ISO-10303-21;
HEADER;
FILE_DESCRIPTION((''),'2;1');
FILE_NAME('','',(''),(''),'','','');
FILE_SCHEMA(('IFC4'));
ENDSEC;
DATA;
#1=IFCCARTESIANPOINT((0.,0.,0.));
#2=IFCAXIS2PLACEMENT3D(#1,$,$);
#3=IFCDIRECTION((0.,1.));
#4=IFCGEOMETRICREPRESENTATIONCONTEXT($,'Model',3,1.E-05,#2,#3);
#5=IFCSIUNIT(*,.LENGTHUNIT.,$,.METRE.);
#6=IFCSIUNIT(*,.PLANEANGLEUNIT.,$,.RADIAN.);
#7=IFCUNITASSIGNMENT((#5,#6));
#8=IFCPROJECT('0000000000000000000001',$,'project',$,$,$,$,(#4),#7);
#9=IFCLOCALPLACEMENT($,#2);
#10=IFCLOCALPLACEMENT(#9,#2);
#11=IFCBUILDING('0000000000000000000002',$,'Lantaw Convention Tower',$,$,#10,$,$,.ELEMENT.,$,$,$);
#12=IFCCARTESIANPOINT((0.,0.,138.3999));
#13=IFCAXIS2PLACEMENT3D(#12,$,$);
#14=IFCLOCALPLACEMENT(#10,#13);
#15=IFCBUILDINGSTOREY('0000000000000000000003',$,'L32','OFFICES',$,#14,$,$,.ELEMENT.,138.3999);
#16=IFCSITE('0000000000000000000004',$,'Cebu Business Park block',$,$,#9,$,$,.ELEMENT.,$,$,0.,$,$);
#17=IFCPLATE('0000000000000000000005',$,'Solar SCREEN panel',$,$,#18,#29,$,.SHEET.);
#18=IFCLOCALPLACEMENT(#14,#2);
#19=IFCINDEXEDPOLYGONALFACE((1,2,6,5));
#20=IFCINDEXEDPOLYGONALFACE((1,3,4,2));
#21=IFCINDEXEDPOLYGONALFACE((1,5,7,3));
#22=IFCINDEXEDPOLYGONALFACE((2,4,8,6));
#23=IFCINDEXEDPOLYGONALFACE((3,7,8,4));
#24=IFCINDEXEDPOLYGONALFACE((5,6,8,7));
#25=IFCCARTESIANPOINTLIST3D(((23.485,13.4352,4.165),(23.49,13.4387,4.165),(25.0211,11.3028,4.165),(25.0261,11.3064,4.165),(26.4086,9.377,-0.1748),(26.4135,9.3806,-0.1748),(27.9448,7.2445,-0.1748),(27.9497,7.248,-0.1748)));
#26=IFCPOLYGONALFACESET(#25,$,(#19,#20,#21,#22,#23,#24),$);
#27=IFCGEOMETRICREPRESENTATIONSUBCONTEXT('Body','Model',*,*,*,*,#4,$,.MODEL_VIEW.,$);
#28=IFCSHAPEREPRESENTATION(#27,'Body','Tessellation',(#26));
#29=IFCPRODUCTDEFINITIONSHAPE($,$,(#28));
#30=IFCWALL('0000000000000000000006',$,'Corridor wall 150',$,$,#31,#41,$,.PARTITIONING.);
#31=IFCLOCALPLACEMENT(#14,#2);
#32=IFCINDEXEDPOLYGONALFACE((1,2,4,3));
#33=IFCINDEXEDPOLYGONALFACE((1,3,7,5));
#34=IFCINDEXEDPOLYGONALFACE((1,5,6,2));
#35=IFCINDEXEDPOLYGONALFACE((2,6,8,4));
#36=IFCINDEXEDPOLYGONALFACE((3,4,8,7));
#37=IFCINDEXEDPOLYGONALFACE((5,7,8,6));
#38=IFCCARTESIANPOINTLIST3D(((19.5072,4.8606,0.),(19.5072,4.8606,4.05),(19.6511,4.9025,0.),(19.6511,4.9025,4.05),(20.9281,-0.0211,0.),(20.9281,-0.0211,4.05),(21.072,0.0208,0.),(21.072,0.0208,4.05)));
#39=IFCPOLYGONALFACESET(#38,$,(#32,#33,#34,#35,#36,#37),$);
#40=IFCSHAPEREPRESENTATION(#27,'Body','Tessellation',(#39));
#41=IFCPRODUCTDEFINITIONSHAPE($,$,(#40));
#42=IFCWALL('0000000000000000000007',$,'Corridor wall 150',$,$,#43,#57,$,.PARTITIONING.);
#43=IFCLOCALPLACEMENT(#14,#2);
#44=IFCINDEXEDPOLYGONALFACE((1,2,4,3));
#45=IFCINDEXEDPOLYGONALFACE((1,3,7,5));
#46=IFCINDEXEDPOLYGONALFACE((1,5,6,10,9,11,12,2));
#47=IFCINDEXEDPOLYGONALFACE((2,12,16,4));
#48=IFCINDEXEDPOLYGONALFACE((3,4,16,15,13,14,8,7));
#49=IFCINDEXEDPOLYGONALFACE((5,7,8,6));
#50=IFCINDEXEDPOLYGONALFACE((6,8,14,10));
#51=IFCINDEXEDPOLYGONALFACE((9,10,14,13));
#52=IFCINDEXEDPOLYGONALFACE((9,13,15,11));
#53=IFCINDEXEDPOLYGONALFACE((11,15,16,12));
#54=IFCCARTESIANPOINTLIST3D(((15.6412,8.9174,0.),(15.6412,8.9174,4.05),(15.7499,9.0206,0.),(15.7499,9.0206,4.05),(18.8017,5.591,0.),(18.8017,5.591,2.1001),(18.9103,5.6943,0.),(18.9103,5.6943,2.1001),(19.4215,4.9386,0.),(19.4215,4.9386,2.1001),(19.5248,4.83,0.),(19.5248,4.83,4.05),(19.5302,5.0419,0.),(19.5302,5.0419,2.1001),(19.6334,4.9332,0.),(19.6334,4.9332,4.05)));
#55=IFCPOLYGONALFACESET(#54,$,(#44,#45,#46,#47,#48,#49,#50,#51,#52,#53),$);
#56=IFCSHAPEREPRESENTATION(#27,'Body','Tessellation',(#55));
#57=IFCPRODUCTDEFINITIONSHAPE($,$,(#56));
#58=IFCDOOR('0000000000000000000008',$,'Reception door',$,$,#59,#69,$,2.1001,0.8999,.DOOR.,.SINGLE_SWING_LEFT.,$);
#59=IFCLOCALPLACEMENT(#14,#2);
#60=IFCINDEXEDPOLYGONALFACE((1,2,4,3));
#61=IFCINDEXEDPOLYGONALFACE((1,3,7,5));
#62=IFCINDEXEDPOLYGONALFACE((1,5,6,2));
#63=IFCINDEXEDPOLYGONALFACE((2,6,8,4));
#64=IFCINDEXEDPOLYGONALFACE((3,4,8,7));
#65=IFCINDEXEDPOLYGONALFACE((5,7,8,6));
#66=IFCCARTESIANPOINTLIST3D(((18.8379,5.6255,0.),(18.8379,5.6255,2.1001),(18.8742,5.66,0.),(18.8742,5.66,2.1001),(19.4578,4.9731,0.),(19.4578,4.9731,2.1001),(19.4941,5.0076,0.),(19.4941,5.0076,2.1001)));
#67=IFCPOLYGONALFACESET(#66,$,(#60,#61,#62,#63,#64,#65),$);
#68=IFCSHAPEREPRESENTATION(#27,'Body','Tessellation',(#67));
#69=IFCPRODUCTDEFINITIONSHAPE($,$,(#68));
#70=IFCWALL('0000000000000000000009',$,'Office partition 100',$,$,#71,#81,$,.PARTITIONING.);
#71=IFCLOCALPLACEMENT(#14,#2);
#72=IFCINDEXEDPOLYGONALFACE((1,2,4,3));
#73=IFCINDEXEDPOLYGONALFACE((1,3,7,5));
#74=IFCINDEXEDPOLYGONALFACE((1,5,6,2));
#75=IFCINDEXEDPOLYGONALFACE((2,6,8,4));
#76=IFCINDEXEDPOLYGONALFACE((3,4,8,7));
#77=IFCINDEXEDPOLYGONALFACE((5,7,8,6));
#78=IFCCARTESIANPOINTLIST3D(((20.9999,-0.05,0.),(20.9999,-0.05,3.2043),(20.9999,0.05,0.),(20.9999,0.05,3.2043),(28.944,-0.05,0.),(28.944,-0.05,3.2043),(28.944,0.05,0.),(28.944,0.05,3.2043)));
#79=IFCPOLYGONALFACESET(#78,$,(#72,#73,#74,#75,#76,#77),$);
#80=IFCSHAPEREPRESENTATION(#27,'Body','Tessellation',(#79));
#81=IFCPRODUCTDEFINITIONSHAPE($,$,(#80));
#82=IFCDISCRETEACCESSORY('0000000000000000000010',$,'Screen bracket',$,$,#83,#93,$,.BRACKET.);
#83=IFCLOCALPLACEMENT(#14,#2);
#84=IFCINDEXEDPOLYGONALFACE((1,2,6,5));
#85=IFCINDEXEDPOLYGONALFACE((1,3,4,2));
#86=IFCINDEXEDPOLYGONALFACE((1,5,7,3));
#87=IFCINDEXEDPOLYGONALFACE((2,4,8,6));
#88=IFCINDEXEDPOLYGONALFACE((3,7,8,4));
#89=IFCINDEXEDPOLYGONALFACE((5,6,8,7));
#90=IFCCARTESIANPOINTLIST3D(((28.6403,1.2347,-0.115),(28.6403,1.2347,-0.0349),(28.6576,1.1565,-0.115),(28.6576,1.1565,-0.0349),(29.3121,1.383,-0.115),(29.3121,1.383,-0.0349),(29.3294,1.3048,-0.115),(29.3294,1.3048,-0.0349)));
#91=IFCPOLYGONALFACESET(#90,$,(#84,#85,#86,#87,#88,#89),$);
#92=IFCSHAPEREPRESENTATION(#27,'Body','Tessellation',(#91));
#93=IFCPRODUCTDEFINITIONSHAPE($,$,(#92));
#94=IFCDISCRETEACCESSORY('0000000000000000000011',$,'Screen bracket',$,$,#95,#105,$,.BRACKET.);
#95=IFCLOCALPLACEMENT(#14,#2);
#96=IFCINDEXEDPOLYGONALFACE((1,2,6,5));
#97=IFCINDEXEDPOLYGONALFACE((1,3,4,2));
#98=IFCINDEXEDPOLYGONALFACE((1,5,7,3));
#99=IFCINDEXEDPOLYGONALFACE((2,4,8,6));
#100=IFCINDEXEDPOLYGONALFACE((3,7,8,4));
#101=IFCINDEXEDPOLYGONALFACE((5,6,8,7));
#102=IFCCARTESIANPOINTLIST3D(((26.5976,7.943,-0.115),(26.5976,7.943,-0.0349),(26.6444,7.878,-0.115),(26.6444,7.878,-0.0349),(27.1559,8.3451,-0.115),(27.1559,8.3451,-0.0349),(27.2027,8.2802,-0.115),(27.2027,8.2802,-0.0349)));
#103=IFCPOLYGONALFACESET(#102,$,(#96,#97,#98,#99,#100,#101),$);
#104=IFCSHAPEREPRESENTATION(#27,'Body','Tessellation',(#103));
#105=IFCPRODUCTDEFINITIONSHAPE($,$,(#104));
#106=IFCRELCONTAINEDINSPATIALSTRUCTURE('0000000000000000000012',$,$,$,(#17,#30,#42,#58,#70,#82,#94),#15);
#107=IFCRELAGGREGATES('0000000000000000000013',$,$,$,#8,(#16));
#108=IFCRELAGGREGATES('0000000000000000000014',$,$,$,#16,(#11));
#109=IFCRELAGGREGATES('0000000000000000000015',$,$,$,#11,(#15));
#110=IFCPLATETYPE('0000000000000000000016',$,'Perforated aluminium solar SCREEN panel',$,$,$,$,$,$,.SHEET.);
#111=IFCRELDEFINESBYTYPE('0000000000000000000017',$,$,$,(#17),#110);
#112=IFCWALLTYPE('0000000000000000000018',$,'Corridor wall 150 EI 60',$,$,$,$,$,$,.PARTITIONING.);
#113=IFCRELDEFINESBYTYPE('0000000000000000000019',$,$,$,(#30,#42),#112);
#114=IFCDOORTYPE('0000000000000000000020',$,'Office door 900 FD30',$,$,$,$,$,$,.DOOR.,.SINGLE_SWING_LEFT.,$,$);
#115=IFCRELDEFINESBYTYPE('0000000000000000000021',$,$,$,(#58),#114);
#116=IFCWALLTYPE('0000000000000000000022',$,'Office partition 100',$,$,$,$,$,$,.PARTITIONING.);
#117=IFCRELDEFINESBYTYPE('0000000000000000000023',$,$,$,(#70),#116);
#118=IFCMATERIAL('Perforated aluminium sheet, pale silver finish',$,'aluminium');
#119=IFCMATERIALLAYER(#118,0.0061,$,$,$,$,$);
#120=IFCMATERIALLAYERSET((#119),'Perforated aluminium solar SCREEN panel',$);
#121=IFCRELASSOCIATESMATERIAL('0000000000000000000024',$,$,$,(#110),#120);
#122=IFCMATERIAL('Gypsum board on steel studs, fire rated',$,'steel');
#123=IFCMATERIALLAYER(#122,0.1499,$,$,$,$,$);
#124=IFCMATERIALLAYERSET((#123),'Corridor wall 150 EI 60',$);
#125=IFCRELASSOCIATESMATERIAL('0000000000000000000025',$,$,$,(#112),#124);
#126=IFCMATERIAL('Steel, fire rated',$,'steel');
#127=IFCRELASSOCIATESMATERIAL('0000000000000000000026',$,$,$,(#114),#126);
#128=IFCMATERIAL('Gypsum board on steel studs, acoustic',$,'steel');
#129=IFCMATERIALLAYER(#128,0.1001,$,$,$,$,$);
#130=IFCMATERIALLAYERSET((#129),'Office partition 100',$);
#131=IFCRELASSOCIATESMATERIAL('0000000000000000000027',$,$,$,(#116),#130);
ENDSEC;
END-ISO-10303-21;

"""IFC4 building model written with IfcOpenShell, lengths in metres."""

from ifc_helpers import new_model, si_unit, direction, frame, frame_2d, origin, origin_2d, place, context, subcontext, project, spatial, polyline, rectangle, outline, extrude, material, layer, layer_set, type_object, element, fill, save


model = new_model("IFC4")

# Units and contexts
model_context = context("Model", 3, precision=1e-05, world=origin(), true_north=direction((0.0, 1.0)))
body_context = subcontext(model_context, "Body", "Model", "MODEL_VIEW")
ifc_project = project(units=[si_unit("LENGTHUNIT", "METRE"), si_unit("PLANEANGLEUNIT", "RADIAN")], contexts=[model_context])

# Site, building, storey
site_placement = place(None, origin())
site = spatial("IfcSite", under=ifc_project, at=site_placement, Name="Cebu Business Park block", CompositionType="ELEMENT", RefElevation=0.0)
building_placement = place(site_placement, origin())
building = spatial("IfcBuilding", under=site, at=building_placement, Name="Lantaw Convention Tower", CompositionType="ELEMENT")
storey_placement = place(building_placement, frame((0.0, 0.0, 138.3999)))
storey = spatial("IfcBuildingStorey", under=building, at=storey_placement, Name="L32", Description="OFFICES", CompositionType="ELEMENT", Elevation=138.3999)

# Plate
ifc_material_1 = material(Name="Perforated aluminium sheet, pale silver finish", Category="aluminium")
ifc_layer_1 = layer(ifc_material_1, 0.0061)
ifc_layer_set_1 = layer_set([ifc_layer_1], Name="Perforated aluminium solar SCREEN panel")
plate_type_1 = type_object("IfcPlateType", Name="Perforated aluminium solar SCREEN panel", PredefinedType="SHEET", material=ifc_layer_set_1)
plate_1_placement = place(storey_placement, frame((27.9497, 7.248, -0.1748), z_axis=(0.811395, 0.584498, 0.000036), x_axis=(-0.584498, 0.811395, 0.0)))
element("IfcPlate", 1, at=plate_1_placement, inside=storey, type_object=plate_type_1, Name="Solar SCREEN panel", PredefinedType="SHEET", context=body_context, shape_type="SweptSolid", body=[
    extrude(outline(polyline([(0.0, 0.0), (2.6282, 0.0), (7.6298, 4.3398), (5.0018, 4.3398), (0.0, 0.0)])), origin(), (0.0, 0.0, -1.0), 0.0061),
])

# Wall
ifc_material_2 = material(Name="Gypsum board on steel studs, fire rated", Category="steel")
ifc_layer_2 = layer(ifc_material_2, 0.1499)
ifc_layer_set_2 = layer_set([ifc_layer_2], Name="Corridor wall 150 EI 60")
wall_type_1 = type_object("IfcWallType", Name="Corridor wall 150 EI 60", PredefinedType="PARTITIONING", material=ifc_layer_set_2)
wall_1_placement = place(storey_placement, frame((21.0, 0.0, 0.0), z_axis=(0.0, 0.0, 1.0), x_axis=(-0.279474, 0.960153, 0.0)))
element("IfcWall", 2, at=wall_1_placement, inside=storey, type_object=wall_type_1, Name="Corridor wall 150", PredefinedType="PARTITIONING", context=body_context, shape_type="SweptSolid", body=[
    extrude(rectangle(XDim=5.0842, YDim=0.1499, at=frame_2d((2.542, 0.0))), origin(), (0.0, 0.0, 1.0), 4.05),
])

# Wall, opening, door
wall_2_placement = place(storey_placement, frame((19.5791, 4.8816, 0.0), z_axis=(0.0, 0.0, 1.0), x_axis=(-0.688797, 0.724954, 0.0)))
wall_2 = element("IfcWall", 3, at=wall_2_placement, inside=storey, type_object=wall_type_1, Name="Corridor wall 150", PredefinedType="PARTITIONING", context=body_context, shape_type="SweptSolid", body=[
    extrude(rectangle(XDim=5.6382, YDim=0.1499, at=frame_2d((2.8191, 0.0))), origin(), (0.0, 0.0, 1.0), 4.05),
])
opening_placement = place(wall_2_placement, frame((0.1499, 0.0, 0.0)))
opening = element("IfcOpeningElement", 4, at=opening_placement, cuts=wall_2, PredefinedType="OPENING", context=body_context, shape_type="SweptSolid", body=[
    extrude(rectangle(XDim=0.8999, YDim=2.1001, at=frame_2d((0.45, 1.05))), frame((0.0, 0.085, 0.0), z_axis=(0.0, -1.0, 0.0), x_axis=(1.0, 0.0, 0.0)), (0.0, 0.0, 1.0), 0.1699),
])
ifc_material_3 = material(Name="Steel, fire rated", Category="steel")
door_type = type_object("IfcDoorType", Name="Office door 900 FD30", OperationType="SINGLE_SWING_LEFT", PredefinedType="DOOR", material=ifc_material_3)
door_placement = place(opening_placement, origin())
door = element("IfcDoor", 5, at=door_placement, inside=storey, type_object=door_type, Name="Reception door", OperationType="SINGLE_SWING_LEFT", OverallHeight=2.1001, OverallWidth=0.8999, PredefinedType="DOOR", context=body_context, shape_type="SweptSolid", body=[
    extrude(rectangle(XDim=0.8999, YDim=2.1001, at=frame_2d((0.45, 1.05))), frame((0.0, 0.0249, 0.0), z_axis=(0.0, -1.0, 0.0), x_axis=(1.0, 0.0, 0.0)), (0.0, 0.0, 1.0), 0.05),
])
fill(opening, door)

# Wall
ifc_material_4 = material(Name="Gypsum board on steel studs, acoustic", Category="steel")
ifc_layer_3 = layer(ifc_material_4, 0.1001)
ifc_layer_set_3 = layer_set([ifc_layer_3], Name="Office partition 100")
wall_type_2 = type_object("IfcWallType", Name="Office partition 100", PredefinedType="PARTITIONING", material=ifc_layer_set_3)
wall_3_placement = place(storey_placement, frame((28.9441, 0.0, 0.0), z_axis=(0.0, 0.0, 1.0), x_axis=(-1.0, 0.0, 0.0)))
element("IfcWall", 6, at=wall_3_placement, inside=storey, type_object=wall_type_2, Name="Office partition 100", PredefinedType="PARTITIONING", context=body_context, shape_type="SweptSolid", body=[
    extrude(rectangle(XDim=7.9441, YDim=0.1001, at=frame_2d((3.9722, 0.0))), origin(), (0.0, 0.0, 1.0), 3.2043),
])

# Discrete accessories
for number, where, z_axis, x_axis, name in (
    (7, (28.9849, 1.2698, -0.115), (0.0, 0.0, 1.0), (-0.215546, 0.976494, 0.0), "Screen bracket"),
    (8, (26.9001, 8.1116, -0.115), (0.0, 0.0, 1.0), (-0.584513, 0.811385, 0.0), "Screen bracket"),
):
    element("IfcDiscreteAccessory", number, at=place(storey_placement, frame(where, z_axis=z_axis, x_axis=x_axis)), inside=storey, Name=name, PredefinedType="BRACKET", context=body_context, shape_type="SweptSolid", body=[
        extrude(rectangle(XDim=0.0801, YDim=0.688, at=origin_2d()), origin(), (0.0, 0.0, 1.0), 0.0801),
    ])

save(model, "model.ifc")
